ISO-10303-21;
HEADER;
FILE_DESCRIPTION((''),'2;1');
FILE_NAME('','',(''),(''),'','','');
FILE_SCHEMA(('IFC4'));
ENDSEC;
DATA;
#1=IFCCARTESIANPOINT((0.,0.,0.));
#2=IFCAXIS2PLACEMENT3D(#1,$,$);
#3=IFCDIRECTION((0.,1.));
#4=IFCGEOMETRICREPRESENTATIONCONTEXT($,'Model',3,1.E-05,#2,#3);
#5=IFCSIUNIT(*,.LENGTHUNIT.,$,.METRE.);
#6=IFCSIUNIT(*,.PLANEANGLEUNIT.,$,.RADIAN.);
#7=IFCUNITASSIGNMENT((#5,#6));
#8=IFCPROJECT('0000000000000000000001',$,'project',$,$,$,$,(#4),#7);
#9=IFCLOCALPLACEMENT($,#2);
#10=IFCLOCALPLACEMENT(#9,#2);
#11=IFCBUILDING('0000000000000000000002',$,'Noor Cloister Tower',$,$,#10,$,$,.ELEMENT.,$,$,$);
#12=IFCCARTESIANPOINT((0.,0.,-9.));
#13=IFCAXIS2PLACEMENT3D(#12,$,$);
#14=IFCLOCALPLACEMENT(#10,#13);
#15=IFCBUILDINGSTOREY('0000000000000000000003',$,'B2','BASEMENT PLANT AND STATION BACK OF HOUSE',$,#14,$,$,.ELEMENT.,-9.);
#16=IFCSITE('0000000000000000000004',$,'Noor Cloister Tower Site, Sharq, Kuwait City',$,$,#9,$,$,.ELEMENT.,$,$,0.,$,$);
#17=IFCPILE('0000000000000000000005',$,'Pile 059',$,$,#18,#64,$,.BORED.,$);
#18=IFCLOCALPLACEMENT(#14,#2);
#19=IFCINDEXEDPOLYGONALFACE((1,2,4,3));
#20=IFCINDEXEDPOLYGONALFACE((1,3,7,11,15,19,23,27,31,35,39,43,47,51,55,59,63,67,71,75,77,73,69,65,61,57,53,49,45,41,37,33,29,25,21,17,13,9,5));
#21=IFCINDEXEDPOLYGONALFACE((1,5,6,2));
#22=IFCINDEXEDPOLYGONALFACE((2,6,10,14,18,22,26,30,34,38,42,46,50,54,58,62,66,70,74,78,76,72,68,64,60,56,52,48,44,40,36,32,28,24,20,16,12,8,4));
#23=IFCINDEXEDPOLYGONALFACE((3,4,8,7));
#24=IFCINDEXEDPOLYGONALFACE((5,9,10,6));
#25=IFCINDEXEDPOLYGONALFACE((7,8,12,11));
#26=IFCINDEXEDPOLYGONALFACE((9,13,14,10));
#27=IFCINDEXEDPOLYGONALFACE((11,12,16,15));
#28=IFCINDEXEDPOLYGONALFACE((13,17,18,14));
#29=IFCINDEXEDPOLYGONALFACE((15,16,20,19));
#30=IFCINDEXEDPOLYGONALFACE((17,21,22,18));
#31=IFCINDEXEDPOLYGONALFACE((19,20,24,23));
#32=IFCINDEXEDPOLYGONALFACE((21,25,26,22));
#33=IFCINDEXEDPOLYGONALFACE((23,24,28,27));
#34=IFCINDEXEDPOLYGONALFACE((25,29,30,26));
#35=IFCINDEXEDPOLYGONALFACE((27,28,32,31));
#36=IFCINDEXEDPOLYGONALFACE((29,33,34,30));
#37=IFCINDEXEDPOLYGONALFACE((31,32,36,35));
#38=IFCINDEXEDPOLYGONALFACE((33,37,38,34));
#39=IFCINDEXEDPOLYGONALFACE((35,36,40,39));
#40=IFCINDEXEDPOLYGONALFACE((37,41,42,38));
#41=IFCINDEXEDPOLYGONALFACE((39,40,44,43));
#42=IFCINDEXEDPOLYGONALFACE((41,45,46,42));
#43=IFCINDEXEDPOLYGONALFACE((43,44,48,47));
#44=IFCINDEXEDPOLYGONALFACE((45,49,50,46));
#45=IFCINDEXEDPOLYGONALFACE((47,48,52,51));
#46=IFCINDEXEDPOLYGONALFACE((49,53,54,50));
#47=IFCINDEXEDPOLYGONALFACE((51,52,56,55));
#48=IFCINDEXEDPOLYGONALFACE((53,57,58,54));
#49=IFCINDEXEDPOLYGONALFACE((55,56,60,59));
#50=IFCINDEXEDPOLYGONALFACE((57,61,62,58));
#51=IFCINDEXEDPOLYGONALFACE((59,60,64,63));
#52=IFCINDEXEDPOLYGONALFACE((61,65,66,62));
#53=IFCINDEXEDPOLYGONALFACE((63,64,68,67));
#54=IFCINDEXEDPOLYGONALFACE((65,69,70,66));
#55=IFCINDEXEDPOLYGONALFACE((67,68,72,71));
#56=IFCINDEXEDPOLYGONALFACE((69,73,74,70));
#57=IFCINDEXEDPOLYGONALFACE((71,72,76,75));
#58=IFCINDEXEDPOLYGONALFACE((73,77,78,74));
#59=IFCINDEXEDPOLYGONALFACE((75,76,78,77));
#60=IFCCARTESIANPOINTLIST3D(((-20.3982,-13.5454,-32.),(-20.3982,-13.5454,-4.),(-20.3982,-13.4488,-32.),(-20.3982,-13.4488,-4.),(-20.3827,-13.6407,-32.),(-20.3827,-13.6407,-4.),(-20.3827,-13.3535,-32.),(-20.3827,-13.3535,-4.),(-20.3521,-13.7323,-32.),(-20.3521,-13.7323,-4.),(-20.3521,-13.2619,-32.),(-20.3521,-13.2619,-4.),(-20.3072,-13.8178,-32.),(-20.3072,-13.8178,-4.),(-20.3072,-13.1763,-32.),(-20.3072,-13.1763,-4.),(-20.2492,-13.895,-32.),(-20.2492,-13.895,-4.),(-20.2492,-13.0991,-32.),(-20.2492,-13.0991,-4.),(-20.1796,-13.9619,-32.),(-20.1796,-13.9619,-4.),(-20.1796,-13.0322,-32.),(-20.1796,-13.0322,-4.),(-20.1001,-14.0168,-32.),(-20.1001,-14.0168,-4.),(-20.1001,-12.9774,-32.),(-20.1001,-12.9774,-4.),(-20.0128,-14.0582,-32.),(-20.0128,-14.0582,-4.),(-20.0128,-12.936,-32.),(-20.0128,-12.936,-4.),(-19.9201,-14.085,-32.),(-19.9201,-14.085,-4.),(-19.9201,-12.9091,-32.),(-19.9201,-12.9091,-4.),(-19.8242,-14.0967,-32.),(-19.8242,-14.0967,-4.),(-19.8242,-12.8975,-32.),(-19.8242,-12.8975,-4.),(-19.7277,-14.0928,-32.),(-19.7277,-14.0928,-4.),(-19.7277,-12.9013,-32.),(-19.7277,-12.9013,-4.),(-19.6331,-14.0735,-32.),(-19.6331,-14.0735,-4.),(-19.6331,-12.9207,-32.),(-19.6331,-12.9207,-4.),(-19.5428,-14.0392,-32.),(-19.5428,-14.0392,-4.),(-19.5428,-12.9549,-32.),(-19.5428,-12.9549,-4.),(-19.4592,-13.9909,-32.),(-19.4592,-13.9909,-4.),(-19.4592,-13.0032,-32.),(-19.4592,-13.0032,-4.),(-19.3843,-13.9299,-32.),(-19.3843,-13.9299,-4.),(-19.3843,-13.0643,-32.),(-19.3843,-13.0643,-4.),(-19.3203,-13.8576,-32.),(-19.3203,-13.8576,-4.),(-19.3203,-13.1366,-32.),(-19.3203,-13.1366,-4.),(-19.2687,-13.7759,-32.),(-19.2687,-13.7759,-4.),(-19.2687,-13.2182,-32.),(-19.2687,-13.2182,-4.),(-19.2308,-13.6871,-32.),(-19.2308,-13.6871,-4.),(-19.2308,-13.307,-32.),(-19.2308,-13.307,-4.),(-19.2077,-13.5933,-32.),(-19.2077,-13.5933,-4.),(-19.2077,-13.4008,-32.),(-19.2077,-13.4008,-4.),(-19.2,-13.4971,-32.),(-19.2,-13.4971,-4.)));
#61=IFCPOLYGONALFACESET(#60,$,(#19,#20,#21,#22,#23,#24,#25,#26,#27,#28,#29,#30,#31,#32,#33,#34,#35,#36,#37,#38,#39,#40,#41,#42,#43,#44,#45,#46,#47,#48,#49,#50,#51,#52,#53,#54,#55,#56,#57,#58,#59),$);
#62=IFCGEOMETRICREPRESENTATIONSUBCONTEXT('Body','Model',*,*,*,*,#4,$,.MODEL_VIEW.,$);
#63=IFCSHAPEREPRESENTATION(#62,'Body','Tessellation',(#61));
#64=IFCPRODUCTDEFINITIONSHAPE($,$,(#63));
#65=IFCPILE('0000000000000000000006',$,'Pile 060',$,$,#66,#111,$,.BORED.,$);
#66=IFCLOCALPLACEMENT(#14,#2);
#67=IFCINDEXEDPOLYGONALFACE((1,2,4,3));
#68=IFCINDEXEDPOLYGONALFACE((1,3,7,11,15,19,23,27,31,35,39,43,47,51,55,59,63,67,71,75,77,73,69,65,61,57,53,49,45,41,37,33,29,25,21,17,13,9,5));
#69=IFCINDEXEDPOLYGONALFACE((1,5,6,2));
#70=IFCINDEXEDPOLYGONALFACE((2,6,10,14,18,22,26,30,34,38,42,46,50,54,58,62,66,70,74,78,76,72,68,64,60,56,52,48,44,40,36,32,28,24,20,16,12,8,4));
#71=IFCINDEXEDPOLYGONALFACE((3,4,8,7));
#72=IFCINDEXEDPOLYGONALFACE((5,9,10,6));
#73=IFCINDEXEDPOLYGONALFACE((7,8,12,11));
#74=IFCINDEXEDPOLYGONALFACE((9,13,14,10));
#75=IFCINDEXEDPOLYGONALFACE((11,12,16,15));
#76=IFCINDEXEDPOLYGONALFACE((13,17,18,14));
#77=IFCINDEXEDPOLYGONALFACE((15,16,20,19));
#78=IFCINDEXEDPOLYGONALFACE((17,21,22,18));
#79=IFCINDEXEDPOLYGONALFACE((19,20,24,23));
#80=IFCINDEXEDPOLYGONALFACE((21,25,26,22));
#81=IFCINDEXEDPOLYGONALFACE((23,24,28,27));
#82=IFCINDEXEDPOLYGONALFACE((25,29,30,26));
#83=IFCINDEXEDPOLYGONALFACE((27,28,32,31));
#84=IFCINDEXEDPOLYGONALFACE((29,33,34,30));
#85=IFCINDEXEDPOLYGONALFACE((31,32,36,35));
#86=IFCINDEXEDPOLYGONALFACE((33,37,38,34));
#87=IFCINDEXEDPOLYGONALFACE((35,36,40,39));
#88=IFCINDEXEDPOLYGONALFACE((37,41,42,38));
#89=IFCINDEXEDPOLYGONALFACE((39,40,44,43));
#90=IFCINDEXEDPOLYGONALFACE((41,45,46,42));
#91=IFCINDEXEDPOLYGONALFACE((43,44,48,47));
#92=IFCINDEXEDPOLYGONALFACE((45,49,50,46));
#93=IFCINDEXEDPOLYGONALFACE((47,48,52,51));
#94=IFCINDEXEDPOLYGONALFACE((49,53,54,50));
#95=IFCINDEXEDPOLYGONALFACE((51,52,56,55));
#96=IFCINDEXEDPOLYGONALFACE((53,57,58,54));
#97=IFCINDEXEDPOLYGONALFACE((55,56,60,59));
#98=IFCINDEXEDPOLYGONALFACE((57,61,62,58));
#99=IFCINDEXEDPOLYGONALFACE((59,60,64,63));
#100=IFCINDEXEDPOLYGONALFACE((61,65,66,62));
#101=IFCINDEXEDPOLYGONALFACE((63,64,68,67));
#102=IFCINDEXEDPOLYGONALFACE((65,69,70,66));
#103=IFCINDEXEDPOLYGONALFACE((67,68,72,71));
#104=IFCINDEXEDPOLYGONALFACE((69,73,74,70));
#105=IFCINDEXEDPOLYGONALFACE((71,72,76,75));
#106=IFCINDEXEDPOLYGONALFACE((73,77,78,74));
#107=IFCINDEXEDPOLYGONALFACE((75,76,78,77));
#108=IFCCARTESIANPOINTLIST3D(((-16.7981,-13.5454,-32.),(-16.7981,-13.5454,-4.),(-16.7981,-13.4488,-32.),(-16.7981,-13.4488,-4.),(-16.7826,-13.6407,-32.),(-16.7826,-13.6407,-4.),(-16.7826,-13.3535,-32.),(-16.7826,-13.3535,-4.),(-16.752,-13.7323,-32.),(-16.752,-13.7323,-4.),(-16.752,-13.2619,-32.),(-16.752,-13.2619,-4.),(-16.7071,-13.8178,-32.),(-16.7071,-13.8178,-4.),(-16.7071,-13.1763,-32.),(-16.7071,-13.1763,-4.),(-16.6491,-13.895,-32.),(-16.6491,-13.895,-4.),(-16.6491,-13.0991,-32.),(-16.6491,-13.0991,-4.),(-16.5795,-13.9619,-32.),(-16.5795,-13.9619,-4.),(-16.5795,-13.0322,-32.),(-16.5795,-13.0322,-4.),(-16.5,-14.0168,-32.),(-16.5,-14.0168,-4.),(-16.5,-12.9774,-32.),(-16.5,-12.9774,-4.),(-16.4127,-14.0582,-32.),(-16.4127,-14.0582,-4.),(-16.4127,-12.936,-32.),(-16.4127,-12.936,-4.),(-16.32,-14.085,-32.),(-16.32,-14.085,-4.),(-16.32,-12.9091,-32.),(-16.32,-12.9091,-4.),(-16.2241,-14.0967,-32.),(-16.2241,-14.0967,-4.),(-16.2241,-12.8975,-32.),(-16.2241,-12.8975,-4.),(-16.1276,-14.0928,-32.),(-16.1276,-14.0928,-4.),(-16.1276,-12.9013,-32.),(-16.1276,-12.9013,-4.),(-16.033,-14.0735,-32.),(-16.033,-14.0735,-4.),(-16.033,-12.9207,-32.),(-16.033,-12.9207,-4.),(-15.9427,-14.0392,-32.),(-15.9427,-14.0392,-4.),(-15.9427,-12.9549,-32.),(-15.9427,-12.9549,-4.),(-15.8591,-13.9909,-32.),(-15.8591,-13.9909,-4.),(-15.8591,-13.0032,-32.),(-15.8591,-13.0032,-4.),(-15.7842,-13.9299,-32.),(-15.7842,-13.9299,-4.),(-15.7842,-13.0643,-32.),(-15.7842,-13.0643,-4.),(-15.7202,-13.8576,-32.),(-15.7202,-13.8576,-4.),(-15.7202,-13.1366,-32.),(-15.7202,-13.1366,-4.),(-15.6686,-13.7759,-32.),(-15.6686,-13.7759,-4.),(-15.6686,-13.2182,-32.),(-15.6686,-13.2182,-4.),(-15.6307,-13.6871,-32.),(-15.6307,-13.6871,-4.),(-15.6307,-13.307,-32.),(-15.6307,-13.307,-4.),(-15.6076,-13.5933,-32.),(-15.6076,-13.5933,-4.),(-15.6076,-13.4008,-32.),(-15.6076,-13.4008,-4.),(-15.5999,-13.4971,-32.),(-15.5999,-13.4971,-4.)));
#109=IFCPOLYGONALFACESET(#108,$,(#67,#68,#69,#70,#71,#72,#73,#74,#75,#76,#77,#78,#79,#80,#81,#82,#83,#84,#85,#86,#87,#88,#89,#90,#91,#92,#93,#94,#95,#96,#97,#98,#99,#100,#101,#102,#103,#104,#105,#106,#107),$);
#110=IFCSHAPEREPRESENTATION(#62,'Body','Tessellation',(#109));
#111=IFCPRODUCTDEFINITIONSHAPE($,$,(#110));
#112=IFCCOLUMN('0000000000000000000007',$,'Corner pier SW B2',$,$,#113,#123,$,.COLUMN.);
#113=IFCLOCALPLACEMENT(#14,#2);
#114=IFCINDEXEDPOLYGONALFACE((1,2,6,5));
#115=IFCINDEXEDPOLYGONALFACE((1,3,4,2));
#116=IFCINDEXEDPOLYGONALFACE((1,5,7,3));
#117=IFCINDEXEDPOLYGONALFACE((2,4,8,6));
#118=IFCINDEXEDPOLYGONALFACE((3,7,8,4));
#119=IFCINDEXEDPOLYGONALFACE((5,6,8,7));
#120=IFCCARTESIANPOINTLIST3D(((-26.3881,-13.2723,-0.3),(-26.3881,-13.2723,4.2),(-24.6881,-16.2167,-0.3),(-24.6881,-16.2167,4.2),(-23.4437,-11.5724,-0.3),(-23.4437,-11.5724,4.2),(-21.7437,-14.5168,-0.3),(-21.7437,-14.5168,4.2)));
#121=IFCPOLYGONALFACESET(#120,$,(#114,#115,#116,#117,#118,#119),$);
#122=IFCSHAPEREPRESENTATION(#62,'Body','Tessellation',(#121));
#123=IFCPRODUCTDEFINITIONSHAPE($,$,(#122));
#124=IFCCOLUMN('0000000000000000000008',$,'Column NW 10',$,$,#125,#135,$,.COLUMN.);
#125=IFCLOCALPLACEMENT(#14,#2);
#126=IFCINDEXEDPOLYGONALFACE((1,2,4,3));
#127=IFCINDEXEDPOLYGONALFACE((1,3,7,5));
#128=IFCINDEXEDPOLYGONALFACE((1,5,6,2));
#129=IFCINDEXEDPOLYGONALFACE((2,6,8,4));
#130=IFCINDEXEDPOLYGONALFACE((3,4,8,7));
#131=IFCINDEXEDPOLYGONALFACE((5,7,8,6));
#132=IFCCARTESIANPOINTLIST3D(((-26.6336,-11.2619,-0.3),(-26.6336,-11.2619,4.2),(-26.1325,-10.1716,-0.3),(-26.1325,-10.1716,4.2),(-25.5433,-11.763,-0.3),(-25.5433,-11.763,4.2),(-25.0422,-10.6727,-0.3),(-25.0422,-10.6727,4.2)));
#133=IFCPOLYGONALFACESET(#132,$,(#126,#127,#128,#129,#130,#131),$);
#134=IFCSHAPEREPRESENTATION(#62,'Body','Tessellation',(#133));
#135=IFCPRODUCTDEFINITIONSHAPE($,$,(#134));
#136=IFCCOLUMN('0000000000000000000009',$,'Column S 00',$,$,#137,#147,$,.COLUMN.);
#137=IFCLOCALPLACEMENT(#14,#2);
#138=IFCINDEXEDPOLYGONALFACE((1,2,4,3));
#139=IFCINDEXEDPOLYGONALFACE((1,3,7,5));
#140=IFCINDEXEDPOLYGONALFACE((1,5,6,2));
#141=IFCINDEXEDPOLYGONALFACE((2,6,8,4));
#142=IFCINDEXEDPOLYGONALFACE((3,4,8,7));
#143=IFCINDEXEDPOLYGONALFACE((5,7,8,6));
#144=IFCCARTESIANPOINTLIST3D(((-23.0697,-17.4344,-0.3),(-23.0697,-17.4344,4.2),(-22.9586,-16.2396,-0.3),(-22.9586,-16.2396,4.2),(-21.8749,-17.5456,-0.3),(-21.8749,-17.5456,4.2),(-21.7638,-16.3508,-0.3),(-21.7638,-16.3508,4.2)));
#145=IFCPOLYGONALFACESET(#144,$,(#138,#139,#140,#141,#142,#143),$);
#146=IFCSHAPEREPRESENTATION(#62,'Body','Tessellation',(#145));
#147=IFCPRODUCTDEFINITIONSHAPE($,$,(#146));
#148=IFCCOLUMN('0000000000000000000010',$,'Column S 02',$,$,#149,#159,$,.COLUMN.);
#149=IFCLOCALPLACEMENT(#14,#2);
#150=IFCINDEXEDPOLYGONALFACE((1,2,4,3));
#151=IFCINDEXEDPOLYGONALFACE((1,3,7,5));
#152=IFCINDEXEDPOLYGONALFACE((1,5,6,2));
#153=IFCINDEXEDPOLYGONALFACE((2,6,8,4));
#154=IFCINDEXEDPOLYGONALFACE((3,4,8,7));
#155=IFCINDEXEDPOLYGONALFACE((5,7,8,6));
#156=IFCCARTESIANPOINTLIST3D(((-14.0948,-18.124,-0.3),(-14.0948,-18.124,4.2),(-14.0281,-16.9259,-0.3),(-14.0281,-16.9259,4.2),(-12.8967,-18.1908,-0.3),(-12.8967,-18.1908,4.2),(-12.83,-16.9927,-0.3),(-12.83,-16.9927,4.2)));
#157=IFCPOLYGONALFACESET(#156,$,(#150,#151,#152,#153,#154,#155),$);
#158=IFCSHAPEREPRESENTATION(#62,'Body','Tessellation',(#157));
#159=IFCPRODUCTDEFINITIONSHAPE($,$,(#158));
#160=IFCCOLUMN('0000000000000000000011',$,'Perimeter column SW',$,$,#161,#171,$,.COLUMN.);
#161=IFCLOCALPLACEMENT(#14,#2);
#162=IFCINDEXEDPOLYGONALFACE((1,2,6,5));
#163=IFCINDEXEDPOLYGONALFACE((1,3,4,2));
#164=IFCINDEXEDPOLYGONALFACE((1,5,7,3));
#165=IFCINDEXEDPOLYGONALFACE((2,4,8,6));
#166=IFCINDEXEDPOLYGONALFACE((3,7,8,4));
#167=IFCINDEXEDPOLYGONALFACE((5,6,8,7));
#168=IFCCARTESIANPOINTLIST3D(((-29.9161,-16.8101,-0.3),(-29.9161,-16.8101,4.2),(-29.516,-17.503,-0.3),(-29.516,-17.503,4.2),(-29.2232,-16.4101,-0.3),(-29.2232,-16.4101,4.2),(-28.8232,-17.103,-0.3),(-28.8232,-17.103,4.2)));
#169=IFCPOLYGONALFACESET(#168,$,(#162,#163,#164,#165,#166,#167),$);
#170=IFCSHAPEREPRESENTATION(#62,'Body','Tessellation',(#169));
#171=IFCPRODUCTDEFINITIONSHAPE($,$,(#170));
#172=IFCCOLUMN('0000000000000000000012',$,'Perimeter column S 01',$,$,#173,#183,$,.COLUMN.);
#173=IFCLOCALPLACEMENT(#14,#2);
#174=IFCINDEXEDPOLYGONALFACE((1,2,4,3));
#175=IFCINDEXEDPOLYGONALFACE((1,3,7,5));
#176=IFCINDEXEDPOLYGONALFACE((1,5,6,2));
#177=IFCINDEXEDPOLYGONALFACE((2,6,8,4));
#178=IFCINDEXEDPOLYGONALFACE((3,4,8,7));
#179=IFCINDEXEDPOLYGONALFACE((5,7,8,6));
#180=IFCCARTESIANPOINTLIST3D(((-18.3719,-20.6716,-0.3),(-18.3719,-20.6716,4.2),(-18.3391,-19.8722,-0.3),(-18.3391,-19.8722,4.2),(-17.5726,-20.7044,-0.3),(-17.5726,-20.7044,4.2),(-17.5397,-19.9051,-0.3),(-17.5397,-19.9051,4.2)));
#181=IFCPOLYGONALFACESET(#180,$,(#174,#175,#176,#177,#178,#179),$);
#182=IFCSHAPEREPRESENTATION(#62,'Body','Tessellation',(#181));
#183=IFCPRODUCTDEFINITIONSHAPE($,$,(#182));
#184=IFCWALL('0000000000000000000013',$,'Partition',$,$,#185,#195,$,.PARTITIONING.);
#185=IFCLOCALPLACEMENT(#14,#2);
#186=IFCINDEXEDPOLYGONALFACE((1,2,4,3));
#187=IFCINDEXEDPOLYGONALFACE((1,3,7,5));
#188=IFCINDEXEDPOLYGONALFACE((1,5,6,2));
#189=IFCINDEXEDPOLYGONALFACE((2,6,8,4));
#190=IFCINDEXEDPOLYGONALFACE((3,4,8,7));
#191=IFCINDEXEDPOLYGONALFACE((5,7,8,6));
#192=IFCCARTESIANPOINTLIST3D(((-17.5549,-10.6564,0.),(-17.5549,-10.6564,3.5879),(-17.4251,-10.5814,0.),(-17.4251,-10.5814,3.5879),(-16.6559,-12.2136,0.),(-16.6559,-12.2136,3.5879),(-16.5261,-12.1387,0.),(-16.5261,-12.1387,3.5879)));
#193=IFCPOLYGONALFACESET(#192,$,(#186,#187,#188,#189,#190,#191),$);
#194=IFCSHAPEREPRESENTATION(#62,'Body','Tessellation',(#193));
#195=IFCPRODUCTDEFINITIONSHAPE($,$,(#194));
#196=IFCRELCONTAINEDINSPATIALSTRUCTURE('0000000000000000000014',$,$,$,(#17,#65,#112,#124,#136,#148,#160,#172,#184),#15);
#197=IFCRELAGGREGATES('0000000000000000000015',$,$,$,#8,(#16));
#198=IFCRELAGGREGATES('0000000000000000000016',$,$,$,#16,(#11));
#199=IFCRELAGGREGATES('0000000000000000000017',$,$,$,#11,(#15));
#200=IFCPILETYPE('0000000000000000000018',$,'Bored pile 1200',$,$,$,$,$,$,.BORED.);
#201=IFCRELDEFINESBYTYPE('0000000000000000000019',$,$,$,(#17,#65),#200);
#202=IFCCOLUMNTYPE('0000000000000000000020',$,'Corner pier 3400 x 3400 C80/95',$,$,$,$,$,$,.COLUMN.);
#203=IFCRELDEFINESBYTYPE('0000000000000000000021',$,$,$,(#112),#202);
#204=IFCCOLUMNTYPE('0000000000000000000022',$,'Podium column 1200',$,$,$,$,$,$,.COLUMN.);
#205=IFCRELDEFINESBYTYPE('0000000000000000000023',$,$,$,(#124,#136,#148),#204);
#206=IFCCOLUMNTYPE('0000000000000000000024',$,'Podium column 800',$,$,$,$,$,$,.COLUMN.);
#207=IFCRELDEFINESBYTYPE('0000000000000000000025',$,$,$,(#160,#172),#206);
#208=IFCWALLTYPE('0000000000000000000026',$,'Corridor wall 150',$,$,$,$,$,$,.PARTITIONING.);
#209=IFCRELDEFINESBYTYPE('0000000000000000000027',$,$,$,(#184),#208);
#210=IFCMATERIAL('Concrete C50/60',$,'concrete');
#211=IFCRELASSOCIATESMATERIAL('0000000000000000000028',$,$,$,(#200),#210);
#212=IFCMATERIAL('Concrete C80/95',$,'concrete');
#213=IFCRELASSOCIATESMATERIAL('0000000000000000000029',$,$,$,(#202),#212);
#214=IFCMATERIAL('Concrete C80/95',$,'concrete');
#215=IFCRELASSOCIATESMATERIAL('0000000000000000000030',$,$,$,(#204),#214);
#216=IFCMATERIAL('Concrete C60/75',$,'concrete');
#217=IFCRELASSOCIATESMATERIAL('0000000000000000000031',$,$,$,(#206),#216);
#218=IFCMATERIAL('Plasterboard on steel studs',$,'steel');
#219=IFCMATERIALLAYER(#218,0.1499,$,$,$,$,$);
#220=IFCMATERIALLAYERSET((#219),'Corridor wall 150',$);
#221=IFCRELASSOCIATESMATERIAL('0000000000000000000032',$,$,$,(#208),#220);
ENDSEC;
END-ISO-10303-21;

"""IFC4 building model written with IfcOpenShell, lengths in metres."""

from ifc_helpers import new_model, si_unit, direction, frame, frame_2d, origin, origin_2d, place, context, subcontext, project, spatial, rectangle, circle, extrude, material, layer, layer_set, material_profile, profile_set, type_object, element, save


model = new_model("IFC4")

# Units and contexts
model_context = context("Model", 3, precision=1e-05, world=origin(), true_north=direction((0.0, 1.0)))
body_context = subcontext(model_context, "Body", "Model", "MODEL_VIEW")
ifc_project = project(units=[si_unit("LENGTHUNIT", "METRE"), si_unit("PLANEANGLEUNIT", "RADIAN")], contexts=[model_context])

# Site, building, storey
site_placement = place(None, origin())
site = spatial("IfcSite", under=ifc_project, at=site_placement, Name="Noor Cloister Tower Site, Sharq, Kuwait City", CompositionType="ELEMENT", RefElevation=0.0)
building_placement = place(site_placement, origin())
building = spatial("IfcBuilding", under=site, at=building_placement, Name="Noor Cloister Tower", CompositionType="ELEMENT")
storey_placement = place(building_placement, frame((0.0, 0.0, -9.0)))
storey = spatial("IfcBuildingStorey", under=building, at=storey_placement, Name="B2", Description="BASEMENT PLANT AND STATION BACK OF HOUSE", CompositionType="ELEMENT", Elevation=-9.0)

# Piles
ifc_material_1 = material(Name="Concrete C50/60", Category="concrete")
ifc_material_profile_1 = material_profile(ifc_material_1, circle(Radius=0.6001, at=origin_2d()), Name="Bored pile 1200")
ifc_profile_set_1 = profile_set([ifc_material_profile_1], Name="Concrete C50/60")
pile_type = type_object("IfcPileType", Name="Bored pile 1200", PredefinedType="BORED", material=ifc_profile_set_1)
for number, where, z_axis, x_axis, name in (
    (1, (-19.8, -13.4971, -4.0), (0.0, 0.0, -1.0), (1.0, 0.0, 0.0), "Pile 059"),
    (2, (-16.2, -13.4971, -4.0), (0.0, 0.0, -1.0), (1.0, 0.0, 0.0), "Pile 060"),
):
    element("IfcPile", number, at=place(storey_placement, frame(where, z_axis=z_axis, x_axis=x_axis)), inside=storey, type_object=pile_type, Name=name, PredefinedType="BORED", context=body_context, shape_type="SweptSolid", body=[
        extrude(circle(Radius=0.6001, at=origin_2d()), origin(), (0.0, 0.0, 1.0), 28.0),
    ])

# Columns
ifc_material_2 = material(Name="Concrete C80/95", Category="concrete")
ifc_material_profile_2 = material_profile(ifc_material_2, rectangle(XDim=3.3999, YDim=3.3999, at=origin_2d()), Name="RC 3400x3400")
ifc_profile_set_2 = profile_set([ifc_material_profile_2], Name="Concrete C80/95")
column_type_1 = type_object("IfcColumnType", Name="Corner pier 3400 x 3400 C80/95", PredefinedType="COLUMN", material=ifc_profile_set_2)
column_placement = place(storey_placement, frame((-24.0659, -13.8945, -0.3), z_axis=(0.0, 0.0, 1.0), x_axis=(-0.866025, -0.5, 0.0)))
element("IfcColumn", 3, at=column_placement, inside=storey, type_object=column_type_1, Name="Corner pier SW B2", PredefinedType="COLUMN", context=body_context, shape_type="SweptSolid", body=[
    extrude(rectangle(XDim=3.3999, YDim=3.3999, at=origin_2d()), origin(), (0.0, 0.0, 1.0), 4.5),
])
ifc_material_3 = material(Name="Concrete C80/95", Category="concrete")
ifc_material_profile_3 = material_profile(ifc_material_3, rectangle(XDim=1.2, YDim=1.2, at=origin_2d()), Name="Podium column 1200")
ifc_profile_set_3 = profile_set([ifc_material_profile_3], Name="Concrete C80/95")
column_type_2 = type_object("IfcColumnType", Name="Podium column 1200", PredefinedType="COLUMN", material=ifc_profile_set_3)
for number, where, z_axis, x_axis, name in (
    (4, (-25.8379, -10.9673, -0.3), (0.0, 0.0, 1.0), (-0.90862, 0.417624, 0.0), "Column NW 10"),
    (5, (-22.4167, -16.8926, -0.3), (0.0, 0.0, 1.0), (-0.092636, -0.9957, 0.0), "Column S 00"),
    (6, (-13.4624, -17.5583, -0.3), (0.0, 0.0, 1.0), (-0.055633, -0.998451, 0.0), "Column S 02"),
):
    element("IfcColumn", number, at=place(storey_placement, frame(where, z_axis=z_axis, x_axis=x_axis)), inside=storey, type_object=column_type_2, Name=name, PredefinedType="COLUMN", context=body_context, shape_type="SweptSolid", body=[
        extrude(rectangle(XDim=1.2, YDim=1.2, at=origin_2d()), origin(), (0.0, 0.0, 1.0), 4.5),
    ])
ifc_material_4 = material(Name="Concrete C60/75", Category="concrete")
ifc_material_profile_4 = material_profile(ifc_material_4, rectangle(XDim=0.8, YDim=0.8, at=origin_2d()), Name="Podium column 800")
ifc_profile_set_4 = profile_set([ifc_material_profile_4], Name="Concrete C60/75")
column_type_3 = type_object("IfcColumnType", Name="Podium column 800", PredefinedType="COLUMN", material=ifc_profile_set_4)
for number, where, z_axis, x_axis, name in (
    (7, (-29.3696, -16.9565, -0.3), (0.0, 0.0, 1.0), (-0.866025, -0.5, 0.0), "Perimeter column SW"),
    (8, (-17.9558, -20.2883, -0.3), (0.0, 0.0, 1.0), (-0.041066, -0.999156, 0.0), "Perimeter column S 01"),
):
    element("IfcColumn", number, at=place(storey_placement, frame(where, z_axis=z_axis, x_axis=x_axis)), inside=storey, type_object=column_type_3, Name=name, PredefinedType="COLUMN", context=body_context, shape_type="SweptSolid", body=[
        extrude(rectangle(XDim=0.8, YDim=0.8, at=origin_2d()), origin(), (0.0, 0.0, 1.0), 4.5),
    ])

# Wall
ifc_material_5 = material(Name="Plasterboard on steel studs", Category="steel")
ifc_layer_1 = layer(ifc_material_5, 0.1499)
ifc_layer_set_1 = layer_set([ifc_layer_1], Name="Corridor wall 150")
wall_type_1 = type_object("IfcWallType", Name="Corridor wall 150", PredefinedType="PARTITIONING", material=ifc_layer_set_1)
wall_1_placement = place(storey_placement, frame((-16.5911, -12.176, 0.0), z_axis=(0.0, 0.0, 1.0), x_axis=(-0.499965, 0.866045, 0.0)))
element("IfcWall", 9, at=wall_1_placement, inside=storey, type_object=wall_type_1, Name="Partition", PredefinedType="PARTITIONING", context=body_context, shape_type="SweptSolid", body=[
    extrude(rectangle(XDim=1.7981, YDim=0.1499, at=frame_2d((0.8989, 0.0))), origin(), (0.0, 0.0, 1.0), 3.5879),
])

save(model, "model.ifc")
